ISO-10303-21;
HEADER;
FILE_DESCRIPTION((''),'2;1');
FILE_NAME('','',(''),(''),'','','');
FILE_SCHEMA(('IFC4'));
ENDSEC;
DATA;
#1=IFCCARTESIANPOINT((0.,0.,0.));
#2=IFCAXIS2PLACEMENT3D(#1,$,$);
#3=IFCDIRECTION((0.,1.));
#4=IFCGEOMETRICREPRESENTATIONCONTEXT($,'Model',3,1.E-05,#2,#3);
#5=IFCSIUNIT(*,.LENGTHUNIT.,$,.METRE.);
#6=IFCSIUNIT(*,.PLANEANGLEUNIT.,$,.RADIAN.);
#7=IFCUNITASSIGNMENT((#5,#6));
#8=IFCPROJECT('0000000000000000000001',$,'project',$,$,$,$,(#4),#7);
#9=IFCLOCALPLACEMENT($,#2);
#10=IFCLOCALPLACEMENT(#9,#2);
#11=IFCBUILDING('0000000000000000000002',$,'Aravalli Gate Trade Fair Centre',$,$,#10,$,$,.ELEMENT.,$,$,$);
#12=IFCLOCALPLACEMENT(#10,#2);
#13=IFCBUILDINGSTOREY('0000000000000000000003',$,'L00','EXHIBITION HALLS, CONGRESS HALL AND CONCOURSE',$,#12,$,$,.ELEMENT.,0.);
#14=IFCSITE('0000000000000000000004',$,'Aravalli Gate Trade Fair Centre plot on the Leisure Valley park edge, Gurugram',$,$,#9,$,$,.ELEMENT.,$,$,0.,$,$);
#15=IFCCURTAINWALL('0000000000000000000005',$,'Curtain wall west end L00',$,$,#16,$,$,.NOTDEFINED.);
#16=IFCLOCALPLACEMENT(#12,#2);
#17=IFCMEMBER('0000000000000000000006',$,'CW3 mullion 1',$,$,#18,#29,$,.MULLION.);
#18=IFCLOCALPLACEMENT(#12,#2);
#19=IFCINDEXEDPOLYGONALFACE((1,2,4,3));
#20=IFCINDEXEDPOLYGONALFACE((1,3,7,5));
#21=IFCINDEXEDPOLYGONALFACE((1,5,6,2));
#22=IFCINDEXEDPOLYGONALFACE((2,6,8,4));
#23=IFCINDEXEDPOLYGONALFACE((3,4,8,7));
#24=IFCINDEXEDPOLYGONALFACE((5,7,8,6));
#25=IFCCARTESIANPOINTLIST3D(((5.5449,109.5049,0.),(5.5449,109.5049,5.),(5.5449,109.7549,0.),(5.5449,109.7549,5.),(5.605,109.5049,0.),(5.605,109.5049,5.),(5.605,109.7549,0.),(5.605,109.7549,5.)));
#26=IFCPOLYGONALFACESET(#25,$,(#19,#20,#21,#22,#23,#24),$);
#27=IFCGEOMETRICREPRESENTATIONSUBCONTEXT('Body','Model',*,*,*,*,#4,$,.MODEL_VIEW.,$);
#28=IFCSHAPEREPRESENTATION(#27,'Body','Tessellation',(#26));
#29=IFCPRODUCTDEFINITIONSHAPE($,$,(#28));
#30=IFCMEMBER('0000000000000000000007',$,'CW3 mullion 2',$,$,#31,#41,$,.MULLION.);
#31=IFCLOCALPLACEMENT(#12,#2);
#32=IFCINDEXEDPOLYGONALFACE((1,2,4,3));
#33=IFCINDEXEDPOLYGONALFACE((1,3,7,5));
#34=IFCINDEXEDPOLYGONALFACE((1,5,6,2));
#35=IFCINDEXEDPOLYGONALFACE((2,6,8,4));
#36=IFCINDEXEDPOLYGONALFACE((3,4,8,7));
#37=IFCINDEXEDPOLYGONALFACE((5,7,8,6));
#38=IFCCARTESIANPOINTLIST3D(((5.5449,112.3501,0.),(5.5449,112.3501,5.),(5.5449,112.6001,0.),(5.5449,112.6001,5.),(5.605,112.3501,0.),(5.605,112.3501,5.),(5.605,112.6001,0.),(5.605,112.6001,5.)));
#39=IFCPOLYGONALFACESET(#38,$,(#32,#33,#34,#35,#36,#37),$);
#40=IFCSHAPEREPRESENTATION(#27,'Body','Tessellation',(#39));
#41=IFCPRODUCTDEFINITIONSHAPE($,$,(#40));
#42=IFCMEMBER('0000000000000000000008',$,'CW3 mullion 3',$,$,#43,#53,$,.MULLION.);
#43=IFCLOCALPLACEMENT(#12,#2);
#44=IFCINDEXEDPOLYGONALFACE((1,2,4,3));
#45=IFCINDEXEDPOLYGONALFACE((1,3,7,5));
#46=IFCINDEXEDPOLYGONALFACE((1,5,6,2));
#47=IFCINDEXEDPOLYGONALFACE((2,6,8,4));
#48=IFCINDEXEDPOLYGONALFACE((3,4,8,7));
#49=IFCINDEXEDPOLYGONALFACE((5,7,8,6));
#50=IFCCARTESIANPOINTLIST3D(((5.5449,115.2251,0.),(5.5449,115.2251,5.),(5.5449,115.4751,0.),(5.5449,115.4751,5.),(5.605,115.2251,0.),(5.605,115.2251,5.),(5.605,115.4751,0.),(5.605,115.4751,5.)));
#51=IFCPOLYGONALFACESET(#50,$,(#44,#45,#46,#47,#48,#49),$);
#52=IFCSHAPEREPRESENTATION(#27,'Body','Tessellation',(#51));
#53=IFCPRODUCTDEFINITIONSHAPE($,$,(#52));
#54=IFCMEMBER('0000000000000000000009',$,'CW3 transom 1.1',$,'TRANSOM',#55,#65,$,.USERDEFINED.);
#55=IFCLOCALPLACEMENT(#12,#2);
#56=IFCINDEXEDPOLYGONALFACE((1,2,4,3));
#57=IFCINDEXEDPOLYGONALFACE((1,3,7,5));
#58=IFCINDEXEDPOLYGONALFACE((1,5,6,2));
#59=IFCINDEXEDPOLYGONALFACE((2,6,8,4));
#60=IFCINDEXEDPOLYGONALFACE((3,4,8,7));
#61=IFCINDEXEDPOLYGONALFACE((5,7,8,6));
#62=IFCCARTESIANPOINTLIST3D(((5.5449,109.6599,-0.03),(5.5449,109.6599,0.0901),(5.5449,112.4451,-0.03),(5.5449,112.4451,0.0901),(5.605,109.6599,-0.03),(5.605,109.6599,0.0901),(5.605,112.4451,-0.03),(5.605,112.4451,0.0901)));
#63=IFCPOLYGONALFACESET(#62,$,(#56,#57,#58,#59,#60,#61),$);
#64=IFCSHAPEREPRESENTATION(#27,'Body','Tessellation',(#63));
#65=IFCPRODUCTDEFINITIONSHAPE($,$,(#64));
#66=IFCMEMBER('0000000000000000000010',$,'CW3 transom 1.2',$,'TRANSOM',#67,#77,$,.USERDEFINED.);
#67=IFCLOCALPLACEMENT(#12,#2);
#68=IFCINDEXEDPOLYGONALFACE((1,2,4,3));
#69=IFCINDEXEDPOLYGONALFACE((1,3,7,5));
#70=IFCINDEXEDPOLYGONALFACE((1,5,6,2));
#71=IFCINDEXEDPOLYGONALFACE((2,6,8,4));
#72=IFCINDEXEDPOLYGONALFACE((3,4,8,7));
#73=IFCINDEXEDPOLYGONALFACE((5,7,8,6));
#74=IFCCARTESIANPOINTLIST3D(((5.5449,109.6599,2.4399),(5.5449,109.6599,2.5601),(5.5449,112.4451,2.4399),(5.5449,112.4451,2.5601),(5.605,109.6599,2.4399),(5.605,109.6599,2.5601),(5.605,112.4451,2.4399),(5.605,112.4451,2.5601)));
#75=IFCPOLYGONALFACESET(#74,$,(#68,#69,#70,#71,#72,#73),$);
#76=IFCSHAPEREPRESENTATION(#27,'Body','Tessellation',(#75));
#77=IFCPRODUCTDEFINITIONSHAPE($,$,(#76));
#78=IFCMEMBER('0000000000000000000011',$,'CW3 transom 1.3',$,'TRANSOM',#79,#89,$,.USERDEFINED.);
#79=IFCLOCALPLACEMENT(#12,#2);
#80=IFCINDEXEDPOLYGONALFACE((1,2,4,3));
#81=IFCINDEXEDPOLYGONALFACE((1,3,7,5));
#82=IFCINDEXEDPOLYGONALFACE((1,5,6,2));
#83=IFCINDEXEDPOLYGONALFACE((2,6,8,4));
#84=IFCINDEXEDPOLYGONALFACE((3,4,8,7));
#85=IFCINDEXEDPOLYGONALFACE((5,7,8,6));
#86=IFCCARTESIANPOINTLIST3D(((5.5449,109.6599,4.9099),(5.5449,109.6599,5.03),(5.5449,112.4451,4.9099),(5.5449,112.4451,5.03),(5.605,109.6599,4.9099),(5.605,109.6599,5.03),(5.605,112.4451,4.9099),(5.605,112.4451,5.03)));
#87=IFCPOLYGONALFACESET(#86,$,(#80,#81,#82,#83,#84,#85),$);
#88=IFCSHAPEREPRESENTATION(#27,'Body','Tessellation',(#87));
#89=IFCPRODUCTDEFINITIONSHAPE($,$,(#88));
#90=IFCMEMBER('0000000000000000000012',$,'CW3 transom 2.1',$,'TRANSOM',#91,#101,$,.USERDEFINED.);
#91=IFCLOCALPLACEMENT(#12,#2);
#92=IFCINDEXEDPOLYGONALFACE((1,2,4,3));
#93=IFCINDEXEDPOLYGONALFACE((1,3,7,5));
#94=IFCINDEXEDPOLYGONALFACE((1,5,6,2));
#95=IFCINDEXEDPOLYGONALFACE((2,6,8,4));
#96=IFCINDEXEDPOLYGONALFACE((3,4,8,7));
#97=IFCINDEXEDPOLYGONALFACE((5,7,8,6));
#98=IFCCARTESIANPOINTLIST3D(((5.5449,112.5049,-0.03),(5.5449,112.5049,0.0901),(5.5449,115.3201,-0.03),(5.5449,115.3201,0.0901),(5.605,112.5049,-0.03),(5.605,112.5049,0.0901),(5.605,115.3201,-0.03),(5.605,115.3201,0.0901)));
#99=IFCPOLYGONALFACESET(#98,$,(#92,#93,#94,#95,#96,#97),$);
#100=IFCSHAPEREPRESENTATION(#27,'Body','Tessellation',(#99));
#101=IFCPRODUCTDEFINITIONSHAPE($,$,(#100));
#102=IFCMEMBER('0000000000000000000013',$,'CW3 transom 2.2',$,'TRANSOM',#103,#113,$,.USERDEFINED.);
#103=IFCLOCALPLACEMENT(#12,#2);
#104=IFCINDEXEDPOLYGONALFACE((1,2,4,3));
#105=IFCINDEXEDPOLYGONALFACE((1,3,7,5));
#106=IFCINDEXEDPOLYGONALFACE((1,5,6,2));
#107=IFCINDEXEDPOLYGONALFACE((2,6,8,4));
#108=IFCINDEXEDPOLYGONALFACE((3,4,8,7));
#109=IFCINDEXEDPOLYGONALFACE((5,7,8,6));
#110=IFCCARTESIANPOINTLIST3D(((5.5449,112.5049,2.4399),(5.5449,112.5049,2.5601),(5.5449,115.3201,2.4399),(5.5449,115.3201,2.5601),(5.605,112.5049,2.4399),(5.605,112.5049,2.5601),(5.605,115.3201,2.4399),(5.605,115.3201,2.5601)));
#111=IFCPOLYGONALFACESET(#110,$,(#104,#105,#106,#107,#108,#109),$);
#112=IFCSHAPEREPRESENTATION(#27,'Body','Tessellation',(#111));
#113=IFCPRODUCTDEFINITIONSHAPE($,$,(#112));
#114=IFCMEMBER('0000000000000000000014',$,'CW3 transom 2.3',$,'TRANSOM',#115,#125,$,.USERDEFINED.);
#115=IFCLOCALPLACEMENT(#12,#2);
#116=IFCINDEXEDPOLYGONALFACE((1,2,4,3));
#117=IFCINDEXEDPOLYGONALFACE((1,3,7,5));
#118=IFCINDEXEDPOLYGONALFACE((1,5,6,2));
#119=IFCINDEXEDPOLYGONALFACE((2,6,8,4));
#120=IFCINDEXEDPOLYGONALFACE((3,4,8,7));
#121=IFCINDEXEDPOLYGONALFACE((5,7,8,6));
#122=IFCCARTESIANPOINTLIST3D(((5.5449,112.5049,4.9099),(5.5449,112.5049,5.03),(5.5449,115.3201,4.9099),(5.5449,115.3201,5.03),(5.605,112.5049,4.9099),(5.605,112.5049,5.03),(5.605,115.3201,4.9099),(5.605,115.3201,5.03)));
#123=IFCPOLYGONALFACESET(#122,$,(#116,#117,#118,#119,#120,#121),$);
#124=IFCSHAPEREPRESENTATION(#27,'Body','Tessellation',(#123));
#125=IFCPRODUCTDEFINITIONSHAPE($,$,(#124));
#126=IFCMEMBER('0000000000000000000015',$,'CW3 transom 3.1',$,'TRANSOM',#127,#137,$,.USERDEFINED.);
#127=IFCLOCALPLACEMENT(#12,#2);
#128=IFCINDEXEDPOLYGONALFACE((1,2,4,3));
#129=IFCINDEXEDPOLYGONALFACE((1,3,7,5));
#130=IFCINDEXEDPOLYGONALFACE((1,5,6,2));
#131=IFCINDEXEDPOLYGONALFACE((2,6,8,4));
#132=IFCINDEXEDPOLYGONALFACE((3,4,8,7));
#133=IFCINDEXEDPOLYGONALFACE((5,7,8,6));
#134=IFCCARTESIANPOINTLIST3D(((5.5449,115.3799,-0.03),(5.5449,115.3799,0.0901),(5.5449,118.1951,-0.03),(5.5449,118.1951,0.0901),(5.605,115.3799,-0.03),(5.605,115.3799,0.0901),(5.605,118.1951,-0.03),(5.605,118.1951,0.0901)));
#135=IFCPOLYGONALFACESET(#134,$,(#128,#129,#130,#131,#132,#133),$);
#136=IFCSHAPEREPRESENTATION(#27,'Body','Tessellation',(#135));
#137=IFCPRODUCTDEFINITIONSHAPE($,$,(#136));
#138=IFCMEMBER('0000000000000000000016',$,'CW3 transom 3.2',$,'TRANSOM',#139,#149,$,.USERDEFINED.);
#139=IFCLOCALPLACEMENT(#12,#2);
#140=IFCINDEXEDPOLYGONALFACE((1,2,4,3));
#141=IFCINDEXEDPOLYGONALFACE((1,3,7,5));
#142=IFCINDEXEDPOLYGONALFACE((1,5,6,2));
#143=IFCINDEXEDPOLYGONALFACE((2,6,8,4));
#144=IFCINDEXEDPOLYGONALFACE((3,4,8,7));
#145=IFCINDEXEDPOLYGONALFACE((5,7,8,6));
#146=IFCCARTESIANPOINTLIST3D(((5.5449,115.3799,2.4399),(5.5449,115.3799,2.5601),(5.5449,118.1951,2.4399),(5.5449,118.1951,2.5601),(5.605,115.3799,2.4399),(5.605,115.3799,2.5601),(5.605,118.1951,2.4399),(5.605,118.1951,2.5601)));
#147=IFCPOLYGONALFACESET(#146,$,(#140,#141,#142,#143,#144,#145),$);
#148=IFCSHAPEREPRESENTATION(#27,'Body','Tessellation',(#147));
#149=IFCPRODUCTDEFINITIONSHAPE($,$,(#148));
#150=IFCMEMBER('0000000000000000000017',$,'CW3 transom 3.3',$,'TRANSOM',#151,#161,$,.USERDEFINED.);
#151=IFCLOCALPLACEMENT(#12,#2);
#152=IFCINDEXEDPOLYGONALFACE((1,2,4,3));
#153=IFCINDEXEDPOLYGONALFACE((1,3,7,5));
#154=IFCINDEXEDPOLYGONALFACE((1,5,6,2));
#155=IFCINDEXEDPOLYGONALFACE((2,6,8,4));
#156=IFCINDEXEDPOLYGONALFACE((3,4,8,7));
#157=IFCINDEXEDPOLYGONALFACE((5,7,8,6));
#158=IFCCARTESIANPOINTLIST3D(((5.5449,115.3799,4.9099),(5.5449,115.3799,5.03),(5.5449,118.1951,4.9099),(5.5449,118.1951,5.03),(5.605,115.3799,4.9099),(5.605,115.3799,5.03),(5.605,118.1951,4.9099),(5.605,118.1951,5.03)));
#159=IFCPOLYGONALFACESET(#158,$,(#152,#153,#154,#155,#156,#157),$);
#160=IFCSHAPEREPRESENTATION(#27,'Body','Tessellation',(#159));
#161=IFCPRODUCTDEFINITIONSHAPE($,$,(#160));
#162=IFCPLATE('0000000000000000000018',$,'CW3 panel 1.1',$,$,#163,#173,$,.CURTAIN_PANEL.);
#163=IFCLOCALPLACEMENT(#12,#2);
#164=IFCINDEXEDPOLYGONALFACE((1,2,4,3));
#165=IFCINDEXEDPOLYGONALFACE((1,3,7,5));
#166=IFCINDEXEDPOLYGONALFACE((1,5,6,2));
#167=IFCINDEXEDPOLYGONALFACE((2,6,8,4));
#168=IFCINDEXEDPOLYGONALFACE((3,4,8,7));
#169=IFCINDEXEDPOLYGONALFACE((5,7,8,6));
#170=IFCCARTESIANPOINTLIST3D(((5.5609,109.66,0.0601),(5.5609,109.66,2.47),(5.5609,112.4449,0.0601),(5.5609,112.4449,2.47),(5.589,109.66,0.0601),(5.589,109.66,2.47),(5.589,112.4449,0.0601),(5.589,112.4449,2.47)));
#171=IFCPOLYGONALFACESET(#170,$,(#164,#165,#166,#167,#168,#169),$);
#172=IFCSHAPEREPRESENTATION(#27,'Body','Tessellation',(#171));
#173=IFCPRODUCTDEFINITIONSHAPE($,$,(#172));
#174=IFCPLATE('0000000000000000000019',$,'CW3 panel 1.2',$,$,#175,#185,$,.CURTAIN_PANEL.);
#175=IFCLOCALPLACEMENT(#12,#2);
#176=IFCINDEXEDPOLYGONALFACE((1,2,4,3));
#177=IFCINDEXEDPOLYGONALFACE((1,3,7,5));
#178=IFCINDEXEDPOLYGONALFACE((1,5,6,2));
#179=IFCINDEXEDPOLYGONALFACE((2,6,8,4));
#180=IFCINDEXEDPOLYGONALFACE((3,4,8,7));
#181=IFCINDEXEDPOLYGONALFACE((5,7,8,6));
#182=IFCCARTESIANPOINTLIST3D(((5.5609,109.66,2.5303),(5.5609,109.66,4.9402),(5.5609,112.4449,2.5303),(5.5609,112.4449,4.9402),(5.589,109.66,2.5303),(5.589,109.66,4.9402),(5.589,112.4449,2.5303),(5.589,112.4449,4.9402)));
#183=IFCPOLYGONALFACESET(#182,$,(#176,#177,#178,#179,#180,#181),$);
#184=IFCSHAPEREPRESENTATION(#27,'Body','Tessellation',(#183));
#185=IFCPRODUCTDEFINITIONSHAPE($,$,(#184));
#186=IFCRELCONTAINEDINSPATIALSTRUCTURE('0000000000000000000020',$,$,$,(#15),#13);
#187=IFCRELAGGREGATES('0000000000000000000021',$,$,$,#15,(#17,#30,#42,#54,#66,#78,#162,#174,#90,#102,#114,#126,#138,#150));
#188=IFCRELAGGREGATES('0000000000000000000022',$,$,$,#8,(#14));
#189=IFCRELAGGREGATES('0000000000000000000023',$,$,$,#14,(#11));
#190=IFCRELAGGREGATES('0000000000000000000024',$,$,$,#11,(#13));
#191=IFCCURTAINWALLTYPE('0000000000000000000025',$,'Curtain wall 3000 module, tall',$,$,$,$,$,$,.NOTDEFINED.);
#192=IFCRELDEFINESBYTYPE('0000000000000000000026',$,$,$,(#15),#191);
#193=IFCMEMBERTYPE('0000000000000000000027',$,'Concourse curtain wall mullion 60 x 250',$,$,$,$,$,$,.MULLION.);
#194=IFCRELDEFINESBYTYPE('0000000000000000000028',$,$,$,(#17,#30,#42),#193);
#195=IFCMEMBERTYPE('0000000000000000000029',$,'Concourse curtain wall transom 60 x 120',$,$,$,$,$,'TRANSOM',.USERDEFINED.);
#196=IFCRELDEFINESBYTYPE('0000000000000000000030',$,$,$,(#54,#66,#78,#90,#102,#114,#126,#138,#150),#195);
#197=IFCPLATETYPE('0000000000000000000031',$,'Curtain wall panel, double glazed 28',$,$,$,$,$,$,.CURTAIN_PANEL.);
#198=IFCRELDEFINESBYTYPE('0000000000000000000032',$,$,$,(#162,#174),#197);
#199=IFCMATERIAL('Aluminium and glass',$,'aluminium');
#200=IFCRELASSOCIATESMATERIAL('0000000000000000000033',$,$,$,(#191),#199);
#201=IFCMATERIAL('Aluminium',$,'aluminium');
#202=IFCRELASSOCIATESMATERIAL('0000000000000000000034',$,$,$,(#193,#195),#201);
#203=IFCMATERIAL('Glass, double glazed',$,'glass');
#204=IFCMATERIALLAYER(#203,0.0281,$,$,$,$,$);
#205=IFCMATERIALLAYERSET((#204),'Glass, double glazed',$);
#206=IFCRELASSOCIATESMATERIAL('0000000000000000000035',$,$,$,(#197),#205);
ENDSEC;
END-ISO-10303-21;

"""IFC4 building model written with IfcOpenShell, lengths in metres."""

from ifc_helpers import new_model, si_unit, direction, frame, origin, origin_2d, place, context, subcontext, project, spatial, rectangle, extrude, material, layer, layer_set, material_profile, profile_set, type_object, element, aggregate, save


model = new_model("IFC4")

# Units and contexts
model_context = context("Model", 3, precision=1e-05, world=origin(), true_north=direction((0.0, 1.0)))
body_context = subcontext(model_context, "Body", "Model", "MODEL_VIEW")
ifc_project = project(units=[si_unit("LENGTHUNIT", "METRE"), si_unit("PLANEANGLEUNIT", "RADIAN")], contexts=[model_context])

# Site, building, storey
site_placement = place(None, origin())
site = spatial("IfcSite", under=ifc_project, at=site_placement, Name="Aravalli Gate Trade Fair Centre plot on the Leisure Valley park edge, Gurugram", CompositionType="ELEMENT", RefElevation=0.0)
building_placement = place(site_placement, origin())
building = spatial("IfcBuilding", under=site, at=building_placement, Name="Aravalli Gate Trade Fair Centre", CompositionType="ELEMENT")
storey_placement = place(building_placement, origin())
storey = spatial("IfcBuildingStorey", under=building, at=storey_placement, Name="L00", Description="EXHIBITION HALLS, CONGRESS HALL AND CONCOURSE", CompositionType="ELEMENT", Elevation=0.0)

# Curtain wall, members, plates
ifc_material_1 = material(Name="Aluminium and glass", Category="aluminium")
curtain_wall_type = type_object("IfcCurtainWallType", Name="Curtain wall 3000 module, tall", PredefinedType="NOTDEFINED", material=ifc_material_1)
curtain_wall_placement = place(storey_placement, origin())
curtain_wall = element("IfcCurtainWall", 1, at=curtain_wall_placement, inside=storey, type_object=curtain_wall_type, Name="Curtain wall west end L00", PredefinedType="NOTDEFINED")
ifc_material_2 = material(Name="Aluminium", Category="aluminium")
ifc_material_profile_1 = material_profile(ifc_material_2, rectangle(XDim=0.0601, YDim=0.25, at=origin_2d()), Name="Concourse curtain wall mullion 60 x 250")
ifc_profile_set_1 = profile_set([ifc_material_profile_1], Name="Aluminium")
member_type_1 = type_object("IfcMemberType", Name="Concourse curtain wall mullion 60 x 250", PredefinedType="MULLION", material=ifc_profile_set_1)
member_1_placement = place(storey_placement, frame((5.575, 109.6299, 0.0), z_axis=(0.0, 0.0, 1.0), x_axis=(-1.0, 0.0, 0.0)))
member_1 = element("IfcMember", 2, at=member_1_placement, type_object=member_type_1, Name="CW3 mullion 1", PredefinedType="MULLION", context=body_context, shape_type="SweptSolid", body=[
    extrude(rectangle(XDim=0.0601, YDim=0.25, at=origin_2d()), origin(), (0.0, 0.0, 1.0), 5.0),
])
member_2_placement = place(storey_placement, frame((5.575, 112.4751, 0.0), z_axis=(0.0, 0.0, 1.0), x_axis=(-1.0, 0.0, 0.0)))
member_2 = element("IfcMember", 3, at=member_2_placement, type_object=member_type_1, Name="CW3 mullion 2", PredefinedType="MULLION", context=body_context, shape_type="SweptSolid", body=[
    extrude(rectangle(XDim=0.0601, YDim=0.25, at=origin_2d()), origin(), (0.0, 0.0, 1.0), 5.0),
])
member_3_placement = place(storey_placement, frame((5.575, 115.3501, 0.0), z_axis=(0.0, 0.0, 1.0), x_axis=(-1.0, 0.0, 0.0)))
member_3 = element("IfcMember", 4, at=member_3_placement, type_object=member_type_1, Name="CW3 mullion 3", PredefinedType="MULLION", context=body_context, shape_type="SweptSolid", body=[
    extrude(rectangle(XDim=0.0601, YDim=0.25, at=origin_2d()), origin(), (0.0, 0.0, 1.0), 5.0),
])
ifc_material_profile_2 = material_profile(ifc_material_2, rectangle(XDim=0.0601, YDim=0.1201, at=origin_2d()), Name="Concourse curtain wall transom 60 x 120")
ifc_profile_set_2 = profile_set([ifc_material_profile_2], Name="Aluminium")
member_type_2 = type_object("IfcMemberType", Name="Concourse curtain wall transom 60 x 120", ElementType="TRANSOM", PredefinedType="USERDEFINED", material=ifc_profile_set_2)
member_4_placement = place(storey_placement, frame((5.575, 109.6599, 0.03), z_axis=(0.0, 1.0, 0.0), x_axis=(-1.0, 0.0, 0.0)))
member_4 = element("IfcMember", 5, at=member_4_placement, type_object=member_type_2, Name="CW3 transom 1.1", ObjectType="TRANSOM", PredefinedType="USERDEFINED", context=body_context, shape_type="SweptSolid", body=[
    extrude(rectangle(XDim=0.0601, YDim=0.1201, at=origin_2d()), origin(), (0.0, 0.0, 1.0), 2.7852),
])
member_5_placement = place(storey_placement, frame((5.575, 109.6599, 2.5), z_axis=(0.0, 1.0, 0.0), x_axis=(-1.0, 0.0, 0.0)))
member_5 = element("IfcMember", 6, at=member_5_placement, type_object=member_type_2, Name="CW3 transom 1.2", ObjectType="TRANSOM", PredefinedType="USERDEFINED", context=body_context, shape_type="SweptSolid", body=[
    extrude(rectangle(XDim=0.0601, YDim=0.1201, at=origin_2d()), origin(), (0.0, 0.0, 1.0), 2.7852),
])
member_6_placement = place(storey_placement, frame((5.575, 109.6599, 4.97), z_axis=(0.0, 1.0, 0.0), x_axis=(-1.0, 0.0, 0.0)))
member_6 = element("IfcMember", 7, at=member_6_placement, type_object=member_type_2, Name="CW3 transom 1.3", ObjectType="TRANSOM", PredefinedType="USERDEFINED", context=body_context, shape_type="SweptSolid", body=[
    extrude(rectangle(XDim=0.0601, YDim=0.1201, at=origin_2d()), origin(), (0.0, 0.0, 1.0), 2.7852),
])
member_7_placement = place(storey_placement, frame((5.575, 112.5049, 0.03), z_axis=(0.0, 1.0, 0.0), x_axis=(-1.0, 0.0, 0.0)))
member_7 = element("IfcMember", 8, at=member_7_placement, type_object=member_type_2, Name="CW3 transom 2.1", ObjectType="TRANSOM", PredefinedType="USERDEFINED", context=body_context, shape_type="SweptSolid", body=[
    extrude(rectangle(XDim=0.0601, YDim=0.1201, at=origin_2d()), origin(), (0.0, 0.0, 1.0), 2.8152),
])
member_8_placement = place(storey_placement, frame((5.575, 112.5049, 2.5), z_axis=(0.0, 1.0, 0.0), x_axis=(-1.0, 0.0, 0.0)))
member_8 = element("IfcMember", 9, at=member_8_placement, type_object=member_type_2, Name="CW3 transom 2.2", ObjectType="TRANSOM", PredefinedType="USERDEFINED", context=body_context, shape_type="SweptSolid", body=[
    extrude(rectangle(XDim=0.0601, YDim=0.1201, at=origin_2d()), origin(), (0.0, 0.0, 1.0), 2.8152),
])
member_9_placement = place(storey_placement, frame((5.575, 112.5049, 4.97), z_axis=(0.0, 1.0, 0.0), x_axis=(-1.0, 0.0, 0.0)))
member_9 = element("IfcMember", 10, at=member_9_placement, type_object=member_type_2, Name="CW3 transom 2.3", ObjectType="TRANSOM", PredefinedType="USERDEFINED", context=body_context, shape_type="SweptSolid", body=[
    extrude(rectangle(XDim=0.0601, YDim=0.1201, at=origin_2d()), origin(), (0.0, 0.0, 1.0), 2.8152),
])
member_10_placement = place(storey_placement, frame((5.575, 115.3799, 0.03), z_axis=(0.0, 1.0, 0.0), x_axis=(-1.0, 0.0, 0.0)))
member_10 = element("IfcMember", 11, at=member_10_placement, type_object=member_type_2, Name="CW3 transom 3.1", ObjectType="TRANSOM", PredefinedType="USERDEFINED", context=body_context, shape_type="SweptSolid", body=[
    extrude(rectangle(XDim=0.0601, YDim=0.1201, at=origin_2d()), origin(), (0.0, 0.0, 1.0), 2.8152),
])
member_11_placement = place(storey_placement, frame((5.575, 115.3799, 2.5), z_axis=(0.0, 1.0, 0.0), x_axis=(-1.0, 0.0, 0.0)))
member_11 = element("IfcMember", 12, at=member_11_placement, type_object=member_type_2, Name="CW3 transom 3.2", ObjectType="TRANSOM", PredefinedType="USERDEFINED", context=body_context, shape_type="SweptSolid", body=[
    extrude(rectangle(XDim=0.0601, YDim=0.1201, at=origin_2d()), origin(), (0.0, 0.0, 1.0), 2.8152),
])
member_12_placement = place(storey_placement, frame((5.575, 115.3799, 4.97), z_axis=(0.0, 1.0, 0.0), x_axis=(-1.0, 0.0, 0.0)))
member_12 = element("IfcMember", 13, at=member_12_placement, type_object=member_type_2, Name="CW3 transom 3.3", ObjectType="TRANSOM", PredefinedType="USERDEFINED", context=body_context, shape_type="SweptSolid", body=[
    extrude(rectangle(XDim=0.0601, YDim=0.1201, at=origin_2d()), origin(), (0.0, 0.0, 1.0), 2.8152),
])
ifc_material_3 = material(Name="Glass, double glazed", Category="glass")
ifc_layer_1 = layer(ifc_material_3, 0.0281)
ifc_layer_set_1 = layer_set([ifc_layer_1], Name="Glass, double glazed")
plate_type = type_object("IfcPlateType", Name="Curtain wall panel, double glazed 28", PredefinedType="CURTAIN_PANEL", material=ifc_layer_set_1)
plate_1_placement = place(storey_placement, frame((5.575, 111.0525, 0.0601), z_axis=(0.0, 0.0, 1.0), x_axis=(0.0, 1.0, 0.0)))
plate_1 = element("IfcPlate", 14, at=plate_1_placement, type_object=plate_type, Name="CW3 panel 1.1", PredefinedType="CURTAIN_PANEL", context=body_context, shape_type="SweptSolid", body=[
    extrude(rectangle(XDim=2.7849, YDim=0.0281, at=origin_2d()), origin(), (0.0, 0.0, 1.0), 2.4099),
])
plate_2_placement = place(storey_placement, frame((5.575, 111.0525, 2.5303), z_axis=(0.0, 0.0, 1.0), x_axis=(0.0, 1.0, 0.0)))
plate_2 = element("IfcPlate", 15, at=plate_2_placement, type_object=plate_type, Name="CW3 panel 1.2", PredefinedType="CURTAIN_PANEL", context=body_context, shape_type="SweptSolid", body=[
    extrude(rectangle(XDim=2.7849, YDim=0.0281, at=origin_2d()), origin(), (0.0, 0.0, 1.0), 2.4099),
])
aggregate(curtain_wall, [member_1, member_2, member_3, member_4, member_5, member_6, plate_1, plate_2, member_7, member_8, member_9, member_10, member_11, member_12])

save(model, "model.ifc")
